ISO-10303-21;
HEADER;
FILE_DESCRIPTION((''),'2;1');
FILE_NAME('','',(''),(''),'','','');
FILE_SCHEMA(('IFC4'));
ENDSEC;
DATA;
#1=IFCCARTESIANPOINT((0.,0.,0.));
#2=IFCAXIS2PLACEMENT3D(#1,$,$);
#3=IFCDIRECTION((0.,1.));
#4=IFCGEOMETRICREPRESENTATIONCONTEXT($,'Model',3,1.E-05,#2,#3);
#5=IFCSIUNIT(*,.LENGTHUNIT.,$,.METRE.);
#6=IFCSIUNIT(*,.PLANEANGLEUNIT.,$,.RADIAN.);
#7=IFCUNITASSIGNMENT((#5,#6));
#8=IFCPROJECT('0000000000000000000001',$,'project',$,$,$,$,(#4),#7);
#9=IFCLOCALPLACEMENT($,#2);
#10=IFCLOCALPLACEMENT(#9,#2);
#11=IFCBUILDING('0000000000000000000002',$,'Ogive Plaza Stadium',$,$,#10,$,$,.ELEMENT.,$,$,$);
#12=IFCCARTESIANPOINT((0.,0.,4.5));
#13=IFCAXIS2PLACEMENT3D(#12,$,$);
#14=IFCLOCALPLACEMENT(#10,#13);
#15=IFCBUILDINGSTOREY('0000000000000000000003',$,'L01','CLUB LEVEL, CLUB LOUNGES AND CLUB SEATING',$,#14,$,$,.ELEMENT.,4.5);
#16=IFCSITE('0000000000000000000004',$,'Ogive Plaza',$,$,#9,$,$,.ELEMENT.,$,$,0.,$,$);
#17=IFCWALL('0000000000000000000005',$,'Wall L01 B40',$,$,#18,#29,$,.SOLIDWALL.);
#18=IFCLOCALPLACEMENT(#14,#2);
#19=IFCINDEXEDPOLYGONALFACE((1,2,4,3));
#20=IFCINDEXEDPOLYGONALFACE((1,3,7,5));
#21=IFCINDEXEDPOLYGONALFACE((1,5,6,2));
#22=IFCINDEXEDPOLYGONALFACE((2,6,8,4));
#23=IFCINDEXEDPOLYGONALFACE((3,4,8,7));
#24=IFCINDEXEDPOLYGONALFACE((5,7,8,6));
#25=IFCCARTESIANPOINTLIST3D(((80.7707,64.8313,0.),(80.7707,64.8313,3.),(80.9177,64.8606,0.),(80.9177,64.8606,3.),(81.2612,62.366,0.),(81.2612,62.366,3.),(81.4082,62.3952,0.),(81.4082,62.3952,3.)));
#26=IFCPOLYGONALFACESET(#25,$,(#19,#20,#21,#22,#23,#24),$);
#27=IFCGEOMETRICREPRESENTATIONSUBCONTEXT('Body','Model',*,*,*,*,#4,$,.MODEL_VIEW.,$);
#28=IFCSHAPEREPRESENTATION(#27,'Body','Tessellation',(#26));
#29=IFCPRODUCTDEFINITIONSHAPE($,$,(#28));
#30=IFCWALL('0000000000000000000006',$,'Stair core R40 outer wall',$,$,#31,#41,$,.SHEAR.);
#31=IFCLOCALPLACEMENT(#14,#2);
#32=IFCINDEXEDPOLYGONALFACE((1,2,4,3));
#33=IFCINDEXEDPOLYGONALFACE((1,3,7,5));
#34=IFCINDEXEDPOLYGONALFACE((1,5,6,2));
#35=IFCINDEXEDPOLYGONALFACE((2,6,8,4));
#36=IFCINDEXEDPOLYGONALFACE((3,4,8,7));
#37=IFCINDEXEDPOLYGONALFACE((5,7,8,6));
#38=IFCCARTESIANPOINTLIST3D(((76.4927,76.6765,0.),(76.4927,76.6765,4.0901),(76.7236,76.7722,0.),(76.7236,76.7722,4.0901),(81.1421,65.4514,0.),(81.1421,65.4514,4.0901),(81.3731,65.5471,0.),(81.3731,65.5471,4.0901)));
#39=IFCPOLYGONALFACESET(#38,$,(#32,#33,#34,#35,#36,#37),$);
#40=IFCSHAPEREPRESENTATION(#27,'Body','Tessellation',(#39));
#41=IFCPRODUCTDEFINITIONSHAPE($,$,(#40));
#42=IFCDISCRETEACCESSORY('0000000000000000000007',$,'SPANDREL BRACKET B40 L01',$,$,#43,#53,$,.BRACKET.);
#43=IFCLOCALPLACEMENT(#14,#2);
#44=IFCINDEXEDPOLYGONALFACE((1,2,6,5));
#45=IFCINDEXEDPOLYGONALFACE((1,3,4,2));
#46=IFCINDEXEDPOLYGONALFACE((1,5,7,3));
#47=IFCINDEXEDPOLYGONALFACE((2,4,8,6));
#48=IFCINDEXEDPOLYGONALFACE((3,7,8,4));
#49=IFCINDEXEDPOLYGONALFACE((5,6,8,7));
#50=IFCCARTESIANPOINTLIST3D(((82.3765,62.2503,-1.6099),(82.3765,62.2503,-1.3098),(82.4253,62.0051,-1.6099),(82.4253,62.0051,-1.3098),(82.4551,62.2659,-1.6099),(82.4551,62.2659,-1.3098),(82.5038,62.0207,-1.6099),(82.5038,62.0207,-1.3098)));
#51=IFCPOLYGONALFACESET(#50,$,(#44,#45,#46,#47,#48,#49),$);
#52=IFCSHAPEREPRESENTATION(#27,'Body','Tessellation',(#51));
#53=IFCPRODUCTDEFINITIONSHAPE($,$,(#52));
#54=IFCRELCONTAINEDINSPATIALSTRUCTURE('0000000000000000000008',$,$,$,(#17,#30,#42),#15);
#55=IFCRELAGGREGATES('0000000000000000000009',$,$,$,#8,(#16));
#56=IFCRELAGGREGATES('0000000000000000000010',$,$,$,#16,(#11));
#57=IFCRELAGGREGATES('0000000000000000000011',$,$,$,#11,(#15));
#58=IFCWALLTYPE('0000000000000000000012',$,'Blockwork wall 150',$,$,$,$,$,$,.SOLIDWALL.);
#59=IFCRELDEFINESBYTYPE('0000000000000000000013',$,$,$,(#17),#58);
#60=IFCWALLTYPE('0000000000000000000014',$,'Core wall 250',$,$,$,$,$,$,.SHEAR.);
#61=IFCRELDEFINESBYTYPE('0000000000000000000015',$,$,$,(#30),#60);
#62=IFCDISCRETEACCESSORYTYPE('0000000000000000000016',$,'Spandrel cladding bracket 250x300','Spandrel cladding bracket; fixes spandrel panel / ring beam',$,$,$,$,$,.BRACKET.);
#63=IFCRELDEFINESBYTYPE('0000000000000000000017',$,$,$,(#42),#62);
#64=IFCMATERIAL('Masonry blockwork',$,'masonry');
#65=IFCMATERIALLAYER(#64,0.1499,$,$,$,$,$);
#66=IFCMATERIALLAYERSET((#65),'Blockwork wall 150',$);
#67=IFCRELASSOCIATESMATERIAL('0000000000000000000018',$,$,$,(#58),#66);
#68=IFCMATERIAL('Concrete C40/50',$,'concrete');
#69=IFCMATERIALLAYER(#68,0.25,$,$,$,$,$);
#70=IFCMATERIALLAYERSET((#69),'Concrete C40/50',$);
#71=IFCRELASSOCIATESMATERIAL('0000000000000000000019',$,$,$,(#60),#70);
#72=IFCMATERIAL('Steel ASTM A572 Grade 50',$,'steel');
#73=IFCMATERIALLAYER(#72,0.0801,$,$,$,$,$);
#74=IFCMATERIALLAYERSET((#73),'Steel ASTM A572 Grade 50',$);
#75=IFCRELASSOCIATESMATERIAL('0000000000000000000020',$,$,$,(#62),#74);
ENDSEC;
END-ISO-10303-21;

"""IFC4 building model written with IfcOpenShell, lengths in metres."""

from ifc_helpers import new_model, si_unit, direction, frame, frame_2d, origin, origin_2d, place, context, subcontext, project, spatial, rectangle, extrude, material, layer, layer_set, type_object, element, save


model = new_model("IFC4")

# Units and contexts
model_context = context("Model", 3, precision=1e-05, world=origin(), true_north=direction((0.0, 1.0)))
body_context = subcontext(model_context, "Body", "Model", "MODEL_VIEW")
ifc_project = project(units=[si_unit("LENGTHUNIT", "METRE"), si_unit("PLANEANGLEUNIT", "RADIAN")], contexts=[model_context])

# Site, building, storey
site_placement = place(None, origin())
site = spatial("IfcSite", under=ifc_project, at=site_placement, Name="Ogive Plaza", CompositionType="ELEMENT", RefElevation=0.0)
building_placement = place(site_placement, origin())
building = spatial("IfcBuilding", under=site, at=building_placement, Name="Ogive Plaza Stadium", CompositionType="ELEMENT")
storey_placement = place(building_placement, frame((0.0, 0.0, 4.5)))
storey = spatial("IfcBuildingStorey", under=building, at=storey_placement, Name="L01", Description="CLUB LEVEL, CLUB LOUNGES AND CLUB SEATING", CompositionType="ELEMENT", Elevation=4.5)

# Walls
ifc_material_1 = material(Name="Masonry blockwork", Category="masonry")
ifc_layer_1 = layer(ifc_material_1, 0.1499)
ifc_layer_set_1 = layer_set([ifc_layer_1], Name="Blockwork wall 150")
wall_type_1 = type_object("IfcWallType", Name="Blockwork wall 150", PredefinedType="SOLIDWALL", material=ifc_layer_set_1)
wall_1_placement = place(storey_placement, frame((80.8442, 64.8459, 0.0), z_axis=(0.0, 0.0, 1.0), x_axis=(0.195126, -0.980778, 0.0)))
element("IfcWall", 1, at=wall_1_placement, inside=storey, type_object=wall_type_1, Name="Wall L01 B40", PredefinedType="SOLIDWALL", context=body_context, shape_type="SweptSolid", body=[
    extrude(rectangle(XDim=2.5137, YDim=0.1499, at=frame_2d((1.2568, 0.0))), origin(), (0.0, 0.0, 1.0), 3.0),
])
ifc_material_2 = material(Name="Concrete C40/50", Category="concrete")
ifc_layer_2 = layer(ifc_material_2, 0.25)
ifc_layer_set_2 = layer_set([ifc_layer_2], Name="Concrete C40/50")
wall_type_2 = type_object("IfcWallType", Name="Core wall 250", PredefinedType="SHEAR", material=ifc_layer_set_2)
wall_2_placement = place(storey_placement, frame((81.2576, 65.4993, 0.0), z_axis=(0.0, 0.0, 1.0), x_axis=(-0.382671, 0.923885, 0.0)))
element("IfcWall", 2, at=wall_2_placement, inside=storey, type_object=wall_type_2, Name="Stair core R40 outer wall", PredefinedType="SHEAR", context=body_context, shape_type="SweptSolid", body=[
    extrude(rectangle(XDim=12.1499, YDim=0.25, at=frame_2d((6.075, 0.0))), origin(), (0.0, 0.0, 1.0), 4.0901),
])

# Discrete accessory
ifc_material_3 = material(Name="Steel ASTM A572 Grade 50", Category="steel")
ifc_layer_3 = layer(ifc_material_3, 0.0801)
ifc_layer_set_3 = layer_set([ifc_layer_3], Name="Steel ASTM A572 Grade 50")
discrete_accessory_type = type_object("IfcDiscreteAccessoryType", Name="Spandrel cladding bracket 250x300", Description="Spandrel cladding bracket; fixes spandrel panel / ring beam", PredefinedType="BRACKET", material=ifc_layer_set_3)
discrete_accessory_placement = place(storey_placement, frame((82.4402, 62.1355, -1.6099), z_axis=(0.0, 0.0, 1.0), x_axis=(0.19509, -0.980785, 0.0)))
element("IfcDiscreteAccessory", 3, at=discrete_accessory_placement, inside=storey, type_object=discrete_accessory_type, Name="SPANDREL BRACKET B40 L01", PredefinedType="BRACKET", context=body_context, shape_type="SweptSolid", body=[
    extrude(rectangle(XDim=0.25, YDim=0.0801, at=origin_2d()), origin(), (0.0, 0.0, 1.0), 0.3),
])

save(model, "model.ifc")
